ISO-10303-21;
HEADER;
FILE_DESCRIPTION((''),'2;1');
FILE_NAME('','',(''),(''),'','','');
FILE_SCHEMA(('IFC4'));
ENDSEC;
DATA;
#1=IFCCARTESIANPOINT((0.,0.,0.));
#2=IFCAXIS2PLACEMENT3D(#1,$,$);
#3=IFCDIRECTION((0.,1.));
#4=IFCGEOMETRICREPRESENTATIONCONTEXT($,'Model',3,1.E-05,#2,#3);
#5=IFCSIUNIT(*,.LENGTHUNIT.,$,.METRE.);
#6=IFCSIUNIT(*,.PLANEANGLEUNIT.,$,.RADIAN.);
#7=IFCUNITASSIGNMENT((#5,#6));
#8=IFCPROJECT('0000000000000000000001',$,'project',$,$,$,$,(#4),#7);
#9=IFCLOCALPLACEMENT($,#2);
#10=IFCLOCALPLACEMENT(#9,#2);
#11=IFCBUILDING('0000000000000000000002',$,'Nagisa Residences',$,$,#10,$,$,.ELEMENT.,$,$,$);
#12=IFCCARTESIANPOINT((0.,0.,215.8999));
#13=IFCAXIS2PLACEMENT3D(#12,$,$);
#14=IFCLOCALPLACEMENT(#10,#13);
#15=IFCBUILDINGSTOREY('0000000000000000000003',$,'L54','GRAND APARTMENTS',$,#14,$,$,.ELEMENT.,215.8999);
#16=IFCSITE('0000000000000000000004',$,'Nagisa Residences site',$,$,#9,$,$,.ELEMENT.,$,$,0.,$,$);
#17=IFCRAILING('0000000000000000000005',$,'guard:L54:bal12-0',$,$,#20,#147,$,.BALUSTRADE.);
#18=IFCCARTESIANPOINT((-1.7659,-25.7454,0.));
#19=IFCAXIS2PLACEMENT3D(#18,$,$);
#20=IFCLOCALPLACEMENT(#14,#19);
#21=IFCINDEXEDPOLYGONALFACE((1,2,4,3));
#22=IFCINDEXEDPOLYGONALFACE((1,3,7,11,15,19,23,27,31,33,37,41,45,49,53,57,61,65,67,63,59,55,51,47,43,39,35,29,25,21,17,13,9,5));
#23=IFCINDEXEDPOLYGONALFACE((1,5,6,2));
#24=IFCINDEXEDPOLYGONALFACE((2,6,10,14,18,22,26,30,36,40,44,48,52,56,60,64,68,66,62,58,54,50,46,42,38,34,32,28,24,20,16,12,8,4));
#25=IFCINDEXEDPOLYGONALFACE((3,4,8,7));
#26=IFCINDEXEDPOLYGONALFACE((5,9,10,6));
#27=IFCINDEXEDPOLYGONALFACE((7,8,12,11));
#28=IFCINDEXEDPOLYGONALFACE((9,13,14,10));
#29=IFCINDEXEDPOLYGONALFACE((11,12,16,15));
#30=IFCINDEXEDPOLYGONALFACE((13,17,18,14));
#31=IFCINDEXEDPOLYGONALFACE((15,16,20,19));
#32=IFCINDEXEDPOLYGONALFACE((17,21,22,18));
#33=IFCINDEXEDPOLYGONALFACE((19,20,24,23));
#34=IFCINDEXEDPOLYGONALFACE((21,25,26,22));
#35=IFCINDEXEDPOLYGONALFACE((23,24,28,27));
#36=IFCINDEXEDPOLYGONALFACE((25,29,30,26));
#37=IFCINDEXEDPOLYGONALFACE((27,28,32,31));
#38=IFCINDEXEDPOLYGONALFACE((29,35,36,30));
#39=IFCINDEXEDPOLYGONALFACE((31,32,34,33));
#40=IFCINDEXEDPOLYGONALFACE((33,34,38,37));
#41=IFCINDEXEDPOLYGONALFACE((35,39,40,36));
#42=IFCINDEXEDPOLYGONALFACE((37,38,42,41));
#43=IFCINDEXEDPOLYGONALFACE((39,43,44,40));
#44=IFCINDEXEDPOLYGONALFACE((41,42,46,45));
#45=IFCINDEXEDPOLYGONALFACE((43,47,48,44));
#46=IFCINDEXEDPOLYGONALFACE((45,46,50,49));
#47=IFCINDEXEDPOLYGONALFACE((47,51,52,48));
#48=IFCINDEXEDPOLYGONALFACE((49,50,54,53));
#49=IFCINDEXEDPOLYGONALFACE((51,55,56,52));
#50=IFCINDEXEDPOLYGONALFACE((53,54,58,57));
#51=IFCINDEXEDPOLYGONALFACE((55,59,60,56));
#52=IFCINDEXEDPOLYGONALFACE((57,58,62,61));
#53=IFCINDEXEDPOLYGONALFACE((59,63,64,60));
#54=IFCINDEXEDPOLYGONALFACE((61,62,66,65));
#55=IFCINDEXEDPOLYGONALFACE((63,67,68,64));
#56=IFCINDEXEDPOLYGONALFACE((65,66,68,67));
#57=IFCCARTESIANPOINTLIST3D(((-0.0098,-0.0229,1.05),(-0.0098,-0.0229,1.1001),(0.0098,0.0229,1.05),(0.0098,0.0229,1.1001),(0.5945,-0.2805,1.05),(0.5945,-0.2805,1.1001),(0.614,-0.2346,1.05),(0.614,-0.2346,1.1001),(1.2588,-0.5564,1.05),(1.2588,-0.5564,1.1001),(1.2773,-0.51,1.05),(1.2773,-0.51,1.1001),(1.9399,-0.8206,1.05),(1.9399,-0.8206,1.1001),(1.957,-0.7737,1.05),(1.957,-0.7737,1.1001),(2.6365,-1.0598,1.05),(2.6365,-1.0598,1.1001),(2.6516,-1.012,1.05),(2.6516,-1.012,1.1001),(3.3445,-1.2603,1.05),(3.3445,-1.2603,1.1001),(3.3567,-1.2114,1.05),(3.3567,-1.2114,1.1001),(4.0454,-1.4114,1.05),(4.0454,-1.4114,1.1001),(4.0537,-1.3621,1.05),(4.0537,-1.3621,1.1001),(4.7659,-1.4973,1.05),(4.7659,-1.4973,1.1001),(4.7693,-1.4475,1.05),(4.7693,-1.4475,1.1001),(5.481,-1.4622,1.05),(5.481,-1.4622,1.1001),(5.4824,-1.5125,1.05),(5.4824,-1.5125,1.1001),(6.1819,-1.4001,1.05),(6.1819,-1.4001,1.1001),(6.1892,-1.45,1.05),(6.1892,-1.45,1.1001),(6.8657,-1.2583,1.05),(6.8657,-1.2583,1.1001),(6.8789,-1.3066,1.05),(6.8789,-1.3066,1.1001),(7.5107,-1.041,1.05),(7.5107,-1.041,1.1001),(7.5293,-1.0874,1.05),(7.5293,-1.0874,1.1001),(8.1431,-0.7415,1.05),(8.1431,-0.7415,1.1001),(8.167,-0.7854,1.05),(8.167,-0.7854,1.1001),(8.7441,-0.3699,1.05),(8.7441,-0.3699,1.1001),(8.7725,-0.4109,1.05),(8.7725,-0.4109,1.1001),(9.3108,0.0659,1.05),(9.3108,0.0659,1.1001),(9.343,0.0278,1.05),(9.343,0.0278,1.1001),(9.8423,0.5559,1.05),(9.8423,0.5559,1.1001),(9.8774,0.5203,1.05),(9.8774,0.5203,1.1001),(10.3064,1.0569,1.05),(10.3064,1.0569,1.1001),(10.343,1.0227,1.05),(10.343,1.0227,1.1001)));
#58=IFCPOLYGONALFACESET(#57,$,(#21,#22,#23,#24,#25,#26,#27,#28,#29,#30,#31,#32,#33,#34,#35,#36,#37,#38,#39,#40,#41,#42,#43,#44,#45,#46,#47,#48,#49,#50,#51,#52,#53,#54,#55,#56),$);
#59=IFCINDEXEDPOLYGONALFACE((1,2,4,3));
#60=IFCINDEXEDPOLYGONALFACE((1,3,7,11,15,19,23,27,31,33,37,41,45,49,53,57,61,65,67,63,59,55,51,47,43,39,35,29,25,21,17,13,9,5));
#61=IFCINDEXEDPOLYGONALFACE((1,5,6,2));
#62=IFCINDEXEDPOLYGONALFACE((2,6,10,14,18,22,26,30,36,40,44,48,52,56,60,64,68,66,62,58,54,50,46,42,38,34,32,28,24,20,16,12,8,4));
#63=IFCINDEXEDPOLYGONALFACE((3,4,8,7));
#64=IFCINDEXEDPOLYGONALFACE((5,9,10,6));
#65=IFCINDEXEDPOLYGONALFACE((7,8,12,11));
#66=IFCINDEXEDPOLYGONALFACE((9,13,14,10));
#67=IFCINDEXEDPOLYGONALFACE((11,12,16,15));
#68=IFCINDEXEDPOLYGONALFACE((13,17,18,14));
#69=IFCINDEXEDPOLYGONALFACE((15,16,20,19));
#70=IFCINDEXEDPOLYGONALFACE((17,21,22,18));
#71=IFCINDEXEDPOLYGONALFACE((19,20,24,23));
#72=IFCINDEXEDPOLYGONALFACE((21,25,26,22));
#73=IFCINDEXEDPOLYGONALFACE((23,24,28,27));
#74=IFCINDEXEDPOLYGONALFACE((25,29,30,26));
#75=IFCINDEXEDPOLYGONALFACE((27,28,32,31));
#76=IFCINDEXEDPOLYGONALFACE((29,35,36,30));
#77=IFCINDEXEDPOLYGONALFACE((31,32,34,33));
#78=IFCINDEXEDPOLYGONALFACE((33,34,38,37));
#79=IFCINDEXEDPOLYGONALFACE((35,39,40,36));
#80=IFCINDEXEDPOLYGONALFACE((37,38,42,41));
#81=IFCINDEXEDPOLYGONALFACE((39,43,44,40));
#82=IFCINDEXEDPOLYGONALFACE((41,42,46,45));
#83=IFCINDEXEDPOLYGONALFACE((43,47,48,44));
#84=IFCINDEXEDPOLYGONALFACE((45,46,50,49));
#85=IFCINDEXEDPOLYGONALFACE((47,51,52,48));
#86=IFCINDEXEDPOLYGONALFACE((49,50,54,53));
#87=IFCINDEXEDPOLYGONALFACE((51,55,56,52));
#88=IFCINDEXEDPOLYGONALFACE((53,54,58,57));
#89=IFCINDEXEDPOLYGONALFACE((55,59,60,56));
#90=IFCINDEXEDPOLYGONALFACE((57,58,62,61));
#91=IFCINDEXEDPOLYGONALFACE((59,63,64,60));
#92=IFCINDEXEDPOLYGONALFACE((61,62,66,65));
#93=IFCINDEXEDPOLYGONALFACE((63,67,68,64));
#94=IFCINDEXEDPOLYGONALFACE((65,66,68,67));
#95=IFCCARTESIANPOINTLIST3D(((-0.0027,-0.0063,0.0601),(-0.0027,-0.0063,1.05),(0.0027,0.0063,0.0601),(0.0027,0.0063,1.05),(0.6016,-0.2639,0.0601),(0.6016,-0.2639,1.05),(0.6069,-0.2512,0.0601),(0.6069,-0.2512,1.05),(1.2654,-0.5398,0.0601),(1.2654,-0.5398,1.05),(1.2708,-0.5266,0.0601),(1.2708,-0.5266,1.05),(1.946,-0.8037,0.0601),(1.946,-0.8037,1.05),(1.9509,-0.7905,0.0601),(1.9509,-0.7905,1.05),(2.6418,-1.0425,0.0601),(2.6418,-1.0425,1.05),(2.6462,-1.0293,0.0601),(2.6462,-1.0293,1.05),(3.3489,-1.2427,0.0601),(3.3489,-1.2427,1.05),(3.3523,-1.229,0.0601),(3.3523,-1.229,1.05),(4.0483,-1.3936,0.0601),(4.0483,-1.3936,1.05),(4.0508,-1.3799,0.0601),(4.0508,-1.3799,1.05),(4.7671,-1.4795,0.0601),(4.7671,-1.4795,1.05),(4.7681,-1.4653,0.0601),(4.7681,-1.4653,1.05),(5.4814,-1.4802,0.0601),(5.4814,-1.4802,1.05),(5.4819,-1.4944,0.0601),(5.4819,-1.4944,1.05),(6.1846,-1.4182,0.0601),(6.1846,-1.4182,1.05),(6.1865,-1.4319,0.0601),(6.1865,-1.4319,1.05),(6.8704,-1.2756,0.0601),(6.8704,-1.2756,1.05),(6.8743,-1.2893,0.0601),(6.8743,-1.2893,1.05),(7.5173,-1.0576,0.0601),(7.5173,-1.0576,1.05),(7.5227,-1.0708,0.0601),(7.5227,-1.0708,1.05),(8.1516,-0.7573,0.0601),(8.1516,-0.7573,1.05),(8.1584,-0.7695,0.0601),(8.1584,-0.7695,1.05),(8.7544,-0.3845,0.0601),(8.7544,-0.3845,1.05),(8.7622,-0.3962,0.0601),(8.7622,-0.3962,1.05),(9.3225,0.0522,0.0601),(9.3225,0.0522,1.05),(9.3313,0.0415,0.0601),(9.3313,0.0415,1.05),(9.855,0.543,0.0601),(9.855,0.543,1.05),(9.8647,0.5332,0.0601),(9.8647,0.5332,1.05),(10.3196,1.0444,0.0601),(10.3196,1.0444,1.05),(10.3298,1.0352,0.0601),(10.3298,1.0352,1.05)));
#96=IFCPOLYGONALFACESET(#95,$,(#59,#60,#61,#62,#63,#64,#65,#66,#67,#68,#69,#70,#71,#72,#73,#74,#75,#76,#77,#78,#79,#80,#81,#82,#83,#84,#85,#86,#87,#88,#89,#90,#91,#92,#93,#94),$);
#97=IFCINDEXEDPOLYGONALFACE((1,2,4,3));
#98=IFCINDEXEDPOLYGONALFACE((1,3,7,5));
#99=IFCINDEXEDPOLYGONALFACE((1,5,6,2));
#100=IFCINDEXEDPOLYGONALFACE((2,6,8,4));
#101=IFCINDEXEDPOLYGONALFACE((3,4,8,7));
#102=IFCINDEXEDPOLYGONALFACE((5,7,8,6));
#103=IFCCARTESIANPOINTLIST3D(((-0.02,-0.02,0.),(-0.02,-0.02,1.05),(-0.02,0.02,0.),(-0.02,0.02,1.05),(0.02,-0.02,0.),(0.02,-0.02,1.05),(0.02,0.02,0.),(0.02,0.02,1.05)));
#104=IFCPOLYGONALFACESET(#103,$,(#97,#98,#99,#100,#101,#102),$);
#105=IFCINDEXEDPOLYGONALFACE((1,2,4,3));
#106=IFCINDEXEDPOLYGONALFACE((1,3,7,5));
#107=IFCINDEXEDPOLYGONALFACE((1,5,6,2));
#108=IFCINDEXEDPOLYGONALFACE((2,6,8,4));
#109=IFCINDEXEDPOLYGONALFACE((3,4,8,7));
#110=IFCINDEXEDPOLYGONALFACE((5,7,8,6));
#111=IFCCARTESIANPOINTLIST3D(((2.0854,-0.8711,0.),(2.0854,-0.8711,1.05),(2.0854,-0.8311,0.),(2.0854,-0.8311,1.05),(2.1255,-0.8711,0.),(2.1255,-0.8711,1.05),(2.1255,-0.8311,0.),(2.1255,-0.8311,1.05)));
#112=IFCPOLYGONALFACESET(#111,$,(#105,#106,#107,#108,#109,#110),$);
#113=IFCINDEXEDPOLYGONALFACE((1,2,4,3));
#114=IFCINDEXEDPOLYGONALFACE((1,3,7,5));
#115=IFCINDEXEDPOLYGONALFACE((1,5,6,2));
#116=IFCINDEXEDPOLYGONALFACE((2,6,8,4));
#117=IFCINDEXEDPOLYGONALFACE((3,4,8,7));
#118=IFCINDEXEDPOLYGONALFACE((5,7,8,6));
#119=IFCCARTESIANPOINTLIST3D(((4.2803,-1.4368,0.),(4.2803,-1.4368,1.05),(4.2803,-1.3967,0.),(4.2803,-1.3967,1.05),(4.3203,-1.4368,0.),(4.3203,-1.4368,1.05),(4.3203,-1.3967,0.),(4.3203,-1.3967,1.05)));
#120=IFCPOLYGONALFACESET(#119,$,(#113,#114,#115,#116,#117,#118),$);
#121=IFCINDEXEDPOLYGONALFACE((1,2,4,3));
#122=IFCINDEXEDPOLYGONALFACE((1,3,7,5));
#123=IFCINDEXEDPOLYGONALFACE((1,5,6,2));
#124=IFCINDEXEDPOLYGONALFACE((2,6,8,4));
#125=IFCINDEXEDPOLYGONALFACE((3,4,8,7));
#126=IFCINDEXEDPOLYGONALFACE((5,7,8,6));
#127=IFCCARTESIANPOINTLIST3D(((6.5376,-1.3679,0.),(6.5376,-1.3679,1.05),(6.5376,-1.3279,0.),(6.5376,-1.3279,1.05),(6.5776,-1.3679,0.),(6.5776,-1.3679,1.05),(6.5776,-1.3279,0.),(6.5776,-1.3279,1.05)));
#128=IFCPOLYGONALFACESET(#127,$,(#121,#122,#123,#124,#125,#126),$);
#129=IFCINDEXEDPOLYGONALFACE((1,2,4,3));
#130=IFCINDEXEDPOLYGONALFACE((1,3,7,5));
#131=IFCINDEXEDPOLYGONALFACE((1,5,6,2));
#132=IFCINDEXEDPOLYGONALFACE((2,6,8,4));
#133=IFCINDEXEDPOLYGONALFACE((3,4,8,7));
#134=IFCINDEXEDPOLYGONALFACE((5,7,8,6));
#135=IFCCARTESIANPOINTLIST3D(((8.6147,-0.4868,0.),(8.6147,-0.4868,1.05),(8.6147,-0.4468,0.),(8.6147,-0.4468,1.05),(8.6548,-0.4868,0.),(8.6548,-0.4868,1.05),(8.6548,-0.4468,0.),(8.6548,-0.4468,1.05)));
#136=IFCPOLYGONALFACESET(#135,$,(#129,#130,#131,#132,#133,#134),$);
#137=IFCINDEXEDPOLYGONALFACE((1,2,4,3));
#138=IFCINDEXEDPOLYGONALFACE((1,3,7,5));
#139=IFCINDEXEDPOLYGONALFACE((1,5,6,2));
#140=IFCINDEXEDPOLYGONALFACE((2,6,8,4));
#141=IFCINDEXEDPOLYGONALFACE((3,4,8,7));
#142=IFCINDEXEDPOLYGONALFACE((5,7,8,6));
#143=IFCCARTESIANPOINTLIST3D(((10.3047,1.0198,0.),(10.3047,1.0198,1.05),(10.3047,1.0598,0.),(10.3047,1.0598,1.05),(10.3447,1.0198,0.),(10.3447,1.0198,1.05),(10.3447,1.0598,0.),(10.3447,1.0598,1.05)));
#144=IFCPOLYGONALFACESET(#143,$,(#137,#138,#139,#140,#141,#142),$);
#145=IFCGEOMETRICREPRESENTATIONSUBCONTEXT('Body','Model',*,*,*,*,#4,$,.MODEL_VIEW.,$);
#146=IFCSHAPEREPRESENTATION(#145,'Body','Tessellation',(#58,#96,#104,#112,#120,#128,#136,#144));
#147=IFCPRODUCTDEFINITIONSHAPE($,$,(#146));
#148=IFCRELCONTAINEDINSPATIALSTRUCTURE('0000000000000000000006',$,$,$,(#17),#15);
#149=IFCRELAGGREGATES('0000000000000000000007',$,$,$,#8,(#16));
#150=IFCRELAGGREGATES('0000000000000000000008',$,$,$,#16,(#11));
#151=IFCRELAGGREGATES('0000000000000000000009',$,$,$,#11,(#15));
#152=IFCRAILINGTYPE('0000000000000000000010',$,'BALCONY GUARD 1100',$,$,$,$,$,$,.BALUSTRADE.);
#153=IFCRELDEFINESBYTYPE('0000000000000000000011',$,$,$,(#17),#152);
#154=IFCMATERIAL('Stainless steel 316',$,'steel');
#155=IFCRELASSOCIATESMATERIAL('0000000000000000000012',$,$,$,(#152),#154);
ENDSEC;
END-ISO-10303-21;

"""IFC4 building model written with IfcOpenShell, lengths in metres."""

from ifc_helpers import new_model, si_unit, direction, frame, origin, origin_2d, place, context, subcontext, project, spatial, polyline, rectangle, outline, extrude, material, type_object, element, save


model = new_model("IFC4")

# Units and contexts
model_context = context("Model", 3, precision=1e-05, world=origin(), true_north=direction((0.0, 1.0)))
body_context = subcontext(model_context, "Body", "Model", "MODEL_VIEW")
ifc_project = project(units=[si_unit("LENGTHUNIT", "METRE"), si_unit("PLANEANGLEUNIT", "RADIAN")], contexts=[model_context])

# Site, building, storey
site_placement = place(None, origin())
site = spatial("IfcSite", under=ifc_project, at=site_placement, Name="Nagisa Residences site", CompositionType="ELEMENT", RefElevation=0.0)
building_placement = place(site_placement, origin())
building = spatial("IfcBuilding", under=site, at=building_placement, Name="Nagisa Residences", CompositionType="ELEMENT")
storey_placement = place(building_placement, frame((0.0, 0.0, 215.8999)))
storey = spatial("IfcBuildingStorey", under=building, at=storey_placement, Name="L54", Description="GRAND APARTMENTS", CompositionType="ELEMENT", Elevation=215.8999)

# Railing
ifc_material_1 = material(Name="Stainless steel 316", Category="steel")
railing_type = type_object("IfcRailingType", Name="BALCONY GUARD 1100", PredefinedType="BALUSTRADE", material=ifc_material_1)
railing_placement = place(storey_placement, frame((-1.7659, -25.7454, 0.0)))
element("IfcRailing", 1, at=railing_placement, inside=storey, type_object=railing_type, Name="guard:L54:bal12-0", PredefinedType="BALUSTRADE", context=body_context, shape_type="SweptSolid", body=[
    extrude(outline(polyline([(0.614, -0.2346), (0.0098, 0.0229), (-0.0098, -0.0229), (0.5945, -0.2805), (1.2588, -0.5564), (1.9399, -0.8206), (2.6365, -1.0598), (3.3445, -1.2603), (4.0454, -1.4114), (4.7659, -1.4973), (5.4824, -1.5125), (6.1892, -1.45), (6.8789, -1.3066), (7.5293, -1.0874), (8.167, -0.7854), (8.7725, -0.4109), (9.343, 0.0278), (9.8774, 0.5203), (10.343, 1.0227), (10.3064, 1.0569), (9.8423, 0.5559), (9.3108, 0.0659), (8.7441, -0.3699), (8.1431, -0.7415), (7.5107, -1.041), (6.8657, -1.2583), (6.1819, -1.4001), (5.481, -1.4622), (4.7693, -1.4475), (4.0537, -1.3621), (3.3567, -1.2114), (2.6516, -1.012), (1.957, -0.7737), (1.2773, -0.51), (0.614, -0.2346)])), frame((0.0, 0.0, 1.05)), (0.0, 0.0, 1.0), 0.05),
    extrude(outline(polyline([(0.6069, -0.2512), (0.0027, 0.0063), (-0.0027, -0.0063), (0.6016, -0.2639), (1.2654, -0.5398), (1.946, -0.8037), (2.6418, -1.0425), (3.3489, -1.2427), (4.0483, -1.3936), (4.7671, -1.4795), (5.4819, -1.4944), (6.1865, -1.4319), (6.8743, -1.2893), (7.5227, -1.0708), (8.1584, -0.7695), (8.7622, -0.3962), (9.3313, 0.0415), (9.8647, 0.5332), (10.3298, 1.0352), (10.3196, 1.0444), (9.855, 0.543), (9.3225, 0.0522), (8.7544, -0.3845), (8.1516, -0.7573), (7.5173, -1.0576), (6.8704, -1.2756), (6.1846, -1.4182), (5.4814, -1.4802), (4.7681, -1.4653), (4.0508, -1.3799), (3.3523, -1.229), (2.6462, -1.0293), (1.9509, -0.7905), (1.2708, -0.5266), (0.6069, -0.2512)])), frame((0.0, 0.0, 0.0601)), (0.0, 0.0, 1.0), 0.99),
    extrude(rectangle(XDim=0.04, YDim=0.04, at=origin_2d()), origin(), (0.0, 0.0, 1.0), 1.05),
    extrude(rectangle(XDim=0.04, YDim=0.04, at=origin_2d()), frame((2.1055, -0.8511, 0.0)), (0.0, 0.0, 1.0), 1.05),
    extrude(rectangle(XDim=0.04, YDim=0.04, at=origin_2d()), frame((4.3003, -1.4167, 0.0)), (0.0, 0.0, 1.0), 1.05),
    extrude(rectangle(XDim=0.04, YDim=0.04, at=origin_2d()), frame((6.5576, -1.3479, 0.0)), (0.0, 0.0, 1.0), 1.05),
    extrude(rectangle(XDim=0.04, YDim=0.04, at=origin_2d()), frame((8.6348, -0.4668, 0.0)), (0.0, 0.0, 1.0), 1.05),
    extrude(rectangle(XDim=0.04, YDim=0.04, at=origin_2d()), frame((10.3247, 1.0398, 0.0)), (0.0, 0.0, 1.0), 1.05),
])

save(model, "model.ifc")
